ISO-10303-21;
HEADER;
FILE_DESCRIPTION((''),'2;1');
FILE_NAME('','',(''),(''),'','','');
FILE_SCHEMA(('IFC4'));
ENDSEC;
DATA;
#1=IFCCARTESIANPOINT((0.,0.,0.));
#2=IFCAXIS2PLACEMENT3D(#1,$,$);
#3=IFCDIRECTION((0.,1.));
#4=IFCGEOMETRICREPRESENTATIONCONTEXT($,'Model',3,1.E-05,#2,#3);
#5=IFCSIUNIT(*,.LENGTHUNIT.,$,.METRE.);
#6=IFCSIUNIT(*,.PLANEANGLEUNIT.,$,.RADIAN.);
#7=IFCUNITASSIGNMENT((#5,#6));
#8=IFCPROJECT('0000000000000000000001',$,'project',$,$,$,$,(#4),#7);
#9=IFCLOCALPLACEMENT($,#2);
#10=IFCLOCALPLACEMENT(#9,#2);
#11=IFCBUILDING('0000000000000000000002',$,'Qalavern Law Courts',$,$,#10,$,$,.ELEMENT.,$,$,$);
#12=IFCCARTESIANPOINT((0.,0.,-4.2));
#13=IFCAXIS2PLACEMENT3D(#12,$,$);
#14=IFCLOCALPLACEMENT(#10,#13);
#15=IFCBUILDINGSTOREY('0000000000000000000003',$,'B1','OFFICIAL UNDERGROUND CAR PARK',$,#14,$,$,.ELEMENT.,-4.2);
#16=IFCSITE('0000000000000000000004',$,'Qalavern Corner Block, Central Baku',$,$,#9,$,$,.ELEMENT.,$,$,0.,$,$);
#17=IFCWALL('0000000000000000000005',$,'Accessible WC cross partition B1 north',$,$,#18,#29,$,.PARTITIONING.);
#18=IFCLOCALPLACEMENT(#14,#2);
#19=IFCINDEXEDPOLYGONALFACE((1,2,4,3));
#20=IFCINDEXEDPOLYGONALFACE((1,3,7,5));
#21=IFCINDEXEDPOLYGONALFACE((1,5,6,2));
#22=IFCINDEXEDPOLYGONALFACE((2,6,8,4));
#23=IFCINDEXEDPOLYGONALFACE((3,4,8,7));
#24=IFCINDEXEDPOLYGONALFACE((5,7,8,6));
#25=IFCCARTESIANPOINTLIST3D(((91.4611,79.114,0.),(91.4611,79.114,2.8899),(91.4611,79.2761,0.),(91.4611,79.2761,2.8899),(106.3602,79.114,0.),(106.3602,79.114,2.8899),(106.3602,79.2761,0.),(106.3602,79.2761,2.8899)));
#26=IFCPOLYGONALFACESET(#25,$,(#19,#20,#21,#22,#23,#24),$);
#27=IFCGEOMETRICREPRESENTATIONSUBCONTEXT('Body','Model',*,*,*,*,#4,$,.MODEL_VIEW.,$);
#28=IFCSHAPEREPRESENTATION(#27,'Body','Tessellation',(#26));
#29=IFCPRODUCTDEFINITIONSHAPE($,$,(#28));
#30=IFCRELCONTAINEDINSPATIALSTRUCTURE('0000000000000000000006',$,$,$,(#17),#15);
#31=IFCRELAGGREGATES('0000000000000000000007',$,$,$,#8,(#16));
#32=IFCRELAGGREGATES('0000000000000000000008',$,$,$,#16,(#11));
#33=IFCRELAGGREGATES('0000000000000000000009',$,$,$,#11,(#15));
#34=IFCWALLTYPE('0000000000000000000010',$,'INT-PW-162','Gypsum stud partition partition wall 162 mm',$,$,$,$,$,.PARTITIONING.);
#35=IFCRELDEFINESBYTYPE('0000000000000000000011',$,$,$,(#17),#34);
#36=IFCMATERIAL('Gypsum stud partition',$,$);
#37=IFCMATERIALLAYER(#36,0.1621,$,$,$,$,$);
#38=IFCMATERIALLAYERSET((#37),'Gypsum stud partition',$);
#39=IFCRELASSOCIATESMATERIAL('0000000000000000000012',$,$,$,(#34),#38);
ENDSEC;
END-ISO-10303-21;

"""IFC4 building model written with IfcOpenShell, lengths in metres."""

from ifc_helpers import new_model, si_unit, direction, frame, frame_2d, origin, place, context, subcontext, project, spatial, rectangle, extrude, material, layer, layer_set, type_object, element, save


model = new_model("IFC4")

# Units and contexts
model_context = context("Model", 3, precision=1e-05, world=origin(), true_north=direction((0.0, 1.0)))
body_context = subcontext(model_context, "Body", "Model", "MODEL_VIEW")
ifc_project = project(units=[si_unit("LENGTHUNIT", "METRE"), si_unit("PLANEANGLEUNIT", "RADIAN")], contexts=[model_context])

# Site, building, storey
site_placement = place(None, origin())
site = spatial("IfcSite", under=ifc_project, at=site_placement, Name="Qalavern Corner Block, Central Baku", CompositionType="ELEMENT", RefElevation=0.0)
building_placement = place(site_placement, origin())
building = spatial("IfcBuilding", under=site, at=building_placement, Name="Qalavern Law Courts", CompositionType="ELEMENT")
storey_placement = place(building_placement, frame((0.0, 0.0, -4.2)))
storey = spatial("IfcBuildingStorey", under=building, at=storey_placement, Name="B1", Description="OFFICIAL UNDERGROUND CAR PARK", CompositionType="ELEMENT", Elevation=-4.2)

# Wall
ifc_material_1 = material(Name="Gypsum stud partition")
ifc_layer_1 = layer(ifc_material_1, 0.1621)
ifc_layer_set_1 = layer_set([ifc_layer_1], Name="Gypsum stud partition")
wall_type_1 = type_object("IfcWallType", Name="INT-PW-162", Description="Gypsum stud partition partition wall 162 mm", PredefinedType="PARTITIONING", material=ifc_layer_set_1)
wall_1_placement = place(storey_placement, frame((91.4609, 79.1951, 0.0), z_axis=(0.0, 0.0, 1.0), x_axis=(1.0, 0.0, 0.0)))
element("IfcWall", 1, at=wall_1_placement, inside=storey, type_object=wall_type_1, Name="Accessible WC cross partition B1 north", PredefinedType="PARTITIONING", context=body_context, shape_type="SweptSolid", body=[
    extrude(rectangle(XDim=14.8992, YDim=0.1621, at=frame_2d((7.4497, 0.0))), origin(), (0.0, 0.0, 1.0), 2.8899),
])

save(model, "model.ifc")
